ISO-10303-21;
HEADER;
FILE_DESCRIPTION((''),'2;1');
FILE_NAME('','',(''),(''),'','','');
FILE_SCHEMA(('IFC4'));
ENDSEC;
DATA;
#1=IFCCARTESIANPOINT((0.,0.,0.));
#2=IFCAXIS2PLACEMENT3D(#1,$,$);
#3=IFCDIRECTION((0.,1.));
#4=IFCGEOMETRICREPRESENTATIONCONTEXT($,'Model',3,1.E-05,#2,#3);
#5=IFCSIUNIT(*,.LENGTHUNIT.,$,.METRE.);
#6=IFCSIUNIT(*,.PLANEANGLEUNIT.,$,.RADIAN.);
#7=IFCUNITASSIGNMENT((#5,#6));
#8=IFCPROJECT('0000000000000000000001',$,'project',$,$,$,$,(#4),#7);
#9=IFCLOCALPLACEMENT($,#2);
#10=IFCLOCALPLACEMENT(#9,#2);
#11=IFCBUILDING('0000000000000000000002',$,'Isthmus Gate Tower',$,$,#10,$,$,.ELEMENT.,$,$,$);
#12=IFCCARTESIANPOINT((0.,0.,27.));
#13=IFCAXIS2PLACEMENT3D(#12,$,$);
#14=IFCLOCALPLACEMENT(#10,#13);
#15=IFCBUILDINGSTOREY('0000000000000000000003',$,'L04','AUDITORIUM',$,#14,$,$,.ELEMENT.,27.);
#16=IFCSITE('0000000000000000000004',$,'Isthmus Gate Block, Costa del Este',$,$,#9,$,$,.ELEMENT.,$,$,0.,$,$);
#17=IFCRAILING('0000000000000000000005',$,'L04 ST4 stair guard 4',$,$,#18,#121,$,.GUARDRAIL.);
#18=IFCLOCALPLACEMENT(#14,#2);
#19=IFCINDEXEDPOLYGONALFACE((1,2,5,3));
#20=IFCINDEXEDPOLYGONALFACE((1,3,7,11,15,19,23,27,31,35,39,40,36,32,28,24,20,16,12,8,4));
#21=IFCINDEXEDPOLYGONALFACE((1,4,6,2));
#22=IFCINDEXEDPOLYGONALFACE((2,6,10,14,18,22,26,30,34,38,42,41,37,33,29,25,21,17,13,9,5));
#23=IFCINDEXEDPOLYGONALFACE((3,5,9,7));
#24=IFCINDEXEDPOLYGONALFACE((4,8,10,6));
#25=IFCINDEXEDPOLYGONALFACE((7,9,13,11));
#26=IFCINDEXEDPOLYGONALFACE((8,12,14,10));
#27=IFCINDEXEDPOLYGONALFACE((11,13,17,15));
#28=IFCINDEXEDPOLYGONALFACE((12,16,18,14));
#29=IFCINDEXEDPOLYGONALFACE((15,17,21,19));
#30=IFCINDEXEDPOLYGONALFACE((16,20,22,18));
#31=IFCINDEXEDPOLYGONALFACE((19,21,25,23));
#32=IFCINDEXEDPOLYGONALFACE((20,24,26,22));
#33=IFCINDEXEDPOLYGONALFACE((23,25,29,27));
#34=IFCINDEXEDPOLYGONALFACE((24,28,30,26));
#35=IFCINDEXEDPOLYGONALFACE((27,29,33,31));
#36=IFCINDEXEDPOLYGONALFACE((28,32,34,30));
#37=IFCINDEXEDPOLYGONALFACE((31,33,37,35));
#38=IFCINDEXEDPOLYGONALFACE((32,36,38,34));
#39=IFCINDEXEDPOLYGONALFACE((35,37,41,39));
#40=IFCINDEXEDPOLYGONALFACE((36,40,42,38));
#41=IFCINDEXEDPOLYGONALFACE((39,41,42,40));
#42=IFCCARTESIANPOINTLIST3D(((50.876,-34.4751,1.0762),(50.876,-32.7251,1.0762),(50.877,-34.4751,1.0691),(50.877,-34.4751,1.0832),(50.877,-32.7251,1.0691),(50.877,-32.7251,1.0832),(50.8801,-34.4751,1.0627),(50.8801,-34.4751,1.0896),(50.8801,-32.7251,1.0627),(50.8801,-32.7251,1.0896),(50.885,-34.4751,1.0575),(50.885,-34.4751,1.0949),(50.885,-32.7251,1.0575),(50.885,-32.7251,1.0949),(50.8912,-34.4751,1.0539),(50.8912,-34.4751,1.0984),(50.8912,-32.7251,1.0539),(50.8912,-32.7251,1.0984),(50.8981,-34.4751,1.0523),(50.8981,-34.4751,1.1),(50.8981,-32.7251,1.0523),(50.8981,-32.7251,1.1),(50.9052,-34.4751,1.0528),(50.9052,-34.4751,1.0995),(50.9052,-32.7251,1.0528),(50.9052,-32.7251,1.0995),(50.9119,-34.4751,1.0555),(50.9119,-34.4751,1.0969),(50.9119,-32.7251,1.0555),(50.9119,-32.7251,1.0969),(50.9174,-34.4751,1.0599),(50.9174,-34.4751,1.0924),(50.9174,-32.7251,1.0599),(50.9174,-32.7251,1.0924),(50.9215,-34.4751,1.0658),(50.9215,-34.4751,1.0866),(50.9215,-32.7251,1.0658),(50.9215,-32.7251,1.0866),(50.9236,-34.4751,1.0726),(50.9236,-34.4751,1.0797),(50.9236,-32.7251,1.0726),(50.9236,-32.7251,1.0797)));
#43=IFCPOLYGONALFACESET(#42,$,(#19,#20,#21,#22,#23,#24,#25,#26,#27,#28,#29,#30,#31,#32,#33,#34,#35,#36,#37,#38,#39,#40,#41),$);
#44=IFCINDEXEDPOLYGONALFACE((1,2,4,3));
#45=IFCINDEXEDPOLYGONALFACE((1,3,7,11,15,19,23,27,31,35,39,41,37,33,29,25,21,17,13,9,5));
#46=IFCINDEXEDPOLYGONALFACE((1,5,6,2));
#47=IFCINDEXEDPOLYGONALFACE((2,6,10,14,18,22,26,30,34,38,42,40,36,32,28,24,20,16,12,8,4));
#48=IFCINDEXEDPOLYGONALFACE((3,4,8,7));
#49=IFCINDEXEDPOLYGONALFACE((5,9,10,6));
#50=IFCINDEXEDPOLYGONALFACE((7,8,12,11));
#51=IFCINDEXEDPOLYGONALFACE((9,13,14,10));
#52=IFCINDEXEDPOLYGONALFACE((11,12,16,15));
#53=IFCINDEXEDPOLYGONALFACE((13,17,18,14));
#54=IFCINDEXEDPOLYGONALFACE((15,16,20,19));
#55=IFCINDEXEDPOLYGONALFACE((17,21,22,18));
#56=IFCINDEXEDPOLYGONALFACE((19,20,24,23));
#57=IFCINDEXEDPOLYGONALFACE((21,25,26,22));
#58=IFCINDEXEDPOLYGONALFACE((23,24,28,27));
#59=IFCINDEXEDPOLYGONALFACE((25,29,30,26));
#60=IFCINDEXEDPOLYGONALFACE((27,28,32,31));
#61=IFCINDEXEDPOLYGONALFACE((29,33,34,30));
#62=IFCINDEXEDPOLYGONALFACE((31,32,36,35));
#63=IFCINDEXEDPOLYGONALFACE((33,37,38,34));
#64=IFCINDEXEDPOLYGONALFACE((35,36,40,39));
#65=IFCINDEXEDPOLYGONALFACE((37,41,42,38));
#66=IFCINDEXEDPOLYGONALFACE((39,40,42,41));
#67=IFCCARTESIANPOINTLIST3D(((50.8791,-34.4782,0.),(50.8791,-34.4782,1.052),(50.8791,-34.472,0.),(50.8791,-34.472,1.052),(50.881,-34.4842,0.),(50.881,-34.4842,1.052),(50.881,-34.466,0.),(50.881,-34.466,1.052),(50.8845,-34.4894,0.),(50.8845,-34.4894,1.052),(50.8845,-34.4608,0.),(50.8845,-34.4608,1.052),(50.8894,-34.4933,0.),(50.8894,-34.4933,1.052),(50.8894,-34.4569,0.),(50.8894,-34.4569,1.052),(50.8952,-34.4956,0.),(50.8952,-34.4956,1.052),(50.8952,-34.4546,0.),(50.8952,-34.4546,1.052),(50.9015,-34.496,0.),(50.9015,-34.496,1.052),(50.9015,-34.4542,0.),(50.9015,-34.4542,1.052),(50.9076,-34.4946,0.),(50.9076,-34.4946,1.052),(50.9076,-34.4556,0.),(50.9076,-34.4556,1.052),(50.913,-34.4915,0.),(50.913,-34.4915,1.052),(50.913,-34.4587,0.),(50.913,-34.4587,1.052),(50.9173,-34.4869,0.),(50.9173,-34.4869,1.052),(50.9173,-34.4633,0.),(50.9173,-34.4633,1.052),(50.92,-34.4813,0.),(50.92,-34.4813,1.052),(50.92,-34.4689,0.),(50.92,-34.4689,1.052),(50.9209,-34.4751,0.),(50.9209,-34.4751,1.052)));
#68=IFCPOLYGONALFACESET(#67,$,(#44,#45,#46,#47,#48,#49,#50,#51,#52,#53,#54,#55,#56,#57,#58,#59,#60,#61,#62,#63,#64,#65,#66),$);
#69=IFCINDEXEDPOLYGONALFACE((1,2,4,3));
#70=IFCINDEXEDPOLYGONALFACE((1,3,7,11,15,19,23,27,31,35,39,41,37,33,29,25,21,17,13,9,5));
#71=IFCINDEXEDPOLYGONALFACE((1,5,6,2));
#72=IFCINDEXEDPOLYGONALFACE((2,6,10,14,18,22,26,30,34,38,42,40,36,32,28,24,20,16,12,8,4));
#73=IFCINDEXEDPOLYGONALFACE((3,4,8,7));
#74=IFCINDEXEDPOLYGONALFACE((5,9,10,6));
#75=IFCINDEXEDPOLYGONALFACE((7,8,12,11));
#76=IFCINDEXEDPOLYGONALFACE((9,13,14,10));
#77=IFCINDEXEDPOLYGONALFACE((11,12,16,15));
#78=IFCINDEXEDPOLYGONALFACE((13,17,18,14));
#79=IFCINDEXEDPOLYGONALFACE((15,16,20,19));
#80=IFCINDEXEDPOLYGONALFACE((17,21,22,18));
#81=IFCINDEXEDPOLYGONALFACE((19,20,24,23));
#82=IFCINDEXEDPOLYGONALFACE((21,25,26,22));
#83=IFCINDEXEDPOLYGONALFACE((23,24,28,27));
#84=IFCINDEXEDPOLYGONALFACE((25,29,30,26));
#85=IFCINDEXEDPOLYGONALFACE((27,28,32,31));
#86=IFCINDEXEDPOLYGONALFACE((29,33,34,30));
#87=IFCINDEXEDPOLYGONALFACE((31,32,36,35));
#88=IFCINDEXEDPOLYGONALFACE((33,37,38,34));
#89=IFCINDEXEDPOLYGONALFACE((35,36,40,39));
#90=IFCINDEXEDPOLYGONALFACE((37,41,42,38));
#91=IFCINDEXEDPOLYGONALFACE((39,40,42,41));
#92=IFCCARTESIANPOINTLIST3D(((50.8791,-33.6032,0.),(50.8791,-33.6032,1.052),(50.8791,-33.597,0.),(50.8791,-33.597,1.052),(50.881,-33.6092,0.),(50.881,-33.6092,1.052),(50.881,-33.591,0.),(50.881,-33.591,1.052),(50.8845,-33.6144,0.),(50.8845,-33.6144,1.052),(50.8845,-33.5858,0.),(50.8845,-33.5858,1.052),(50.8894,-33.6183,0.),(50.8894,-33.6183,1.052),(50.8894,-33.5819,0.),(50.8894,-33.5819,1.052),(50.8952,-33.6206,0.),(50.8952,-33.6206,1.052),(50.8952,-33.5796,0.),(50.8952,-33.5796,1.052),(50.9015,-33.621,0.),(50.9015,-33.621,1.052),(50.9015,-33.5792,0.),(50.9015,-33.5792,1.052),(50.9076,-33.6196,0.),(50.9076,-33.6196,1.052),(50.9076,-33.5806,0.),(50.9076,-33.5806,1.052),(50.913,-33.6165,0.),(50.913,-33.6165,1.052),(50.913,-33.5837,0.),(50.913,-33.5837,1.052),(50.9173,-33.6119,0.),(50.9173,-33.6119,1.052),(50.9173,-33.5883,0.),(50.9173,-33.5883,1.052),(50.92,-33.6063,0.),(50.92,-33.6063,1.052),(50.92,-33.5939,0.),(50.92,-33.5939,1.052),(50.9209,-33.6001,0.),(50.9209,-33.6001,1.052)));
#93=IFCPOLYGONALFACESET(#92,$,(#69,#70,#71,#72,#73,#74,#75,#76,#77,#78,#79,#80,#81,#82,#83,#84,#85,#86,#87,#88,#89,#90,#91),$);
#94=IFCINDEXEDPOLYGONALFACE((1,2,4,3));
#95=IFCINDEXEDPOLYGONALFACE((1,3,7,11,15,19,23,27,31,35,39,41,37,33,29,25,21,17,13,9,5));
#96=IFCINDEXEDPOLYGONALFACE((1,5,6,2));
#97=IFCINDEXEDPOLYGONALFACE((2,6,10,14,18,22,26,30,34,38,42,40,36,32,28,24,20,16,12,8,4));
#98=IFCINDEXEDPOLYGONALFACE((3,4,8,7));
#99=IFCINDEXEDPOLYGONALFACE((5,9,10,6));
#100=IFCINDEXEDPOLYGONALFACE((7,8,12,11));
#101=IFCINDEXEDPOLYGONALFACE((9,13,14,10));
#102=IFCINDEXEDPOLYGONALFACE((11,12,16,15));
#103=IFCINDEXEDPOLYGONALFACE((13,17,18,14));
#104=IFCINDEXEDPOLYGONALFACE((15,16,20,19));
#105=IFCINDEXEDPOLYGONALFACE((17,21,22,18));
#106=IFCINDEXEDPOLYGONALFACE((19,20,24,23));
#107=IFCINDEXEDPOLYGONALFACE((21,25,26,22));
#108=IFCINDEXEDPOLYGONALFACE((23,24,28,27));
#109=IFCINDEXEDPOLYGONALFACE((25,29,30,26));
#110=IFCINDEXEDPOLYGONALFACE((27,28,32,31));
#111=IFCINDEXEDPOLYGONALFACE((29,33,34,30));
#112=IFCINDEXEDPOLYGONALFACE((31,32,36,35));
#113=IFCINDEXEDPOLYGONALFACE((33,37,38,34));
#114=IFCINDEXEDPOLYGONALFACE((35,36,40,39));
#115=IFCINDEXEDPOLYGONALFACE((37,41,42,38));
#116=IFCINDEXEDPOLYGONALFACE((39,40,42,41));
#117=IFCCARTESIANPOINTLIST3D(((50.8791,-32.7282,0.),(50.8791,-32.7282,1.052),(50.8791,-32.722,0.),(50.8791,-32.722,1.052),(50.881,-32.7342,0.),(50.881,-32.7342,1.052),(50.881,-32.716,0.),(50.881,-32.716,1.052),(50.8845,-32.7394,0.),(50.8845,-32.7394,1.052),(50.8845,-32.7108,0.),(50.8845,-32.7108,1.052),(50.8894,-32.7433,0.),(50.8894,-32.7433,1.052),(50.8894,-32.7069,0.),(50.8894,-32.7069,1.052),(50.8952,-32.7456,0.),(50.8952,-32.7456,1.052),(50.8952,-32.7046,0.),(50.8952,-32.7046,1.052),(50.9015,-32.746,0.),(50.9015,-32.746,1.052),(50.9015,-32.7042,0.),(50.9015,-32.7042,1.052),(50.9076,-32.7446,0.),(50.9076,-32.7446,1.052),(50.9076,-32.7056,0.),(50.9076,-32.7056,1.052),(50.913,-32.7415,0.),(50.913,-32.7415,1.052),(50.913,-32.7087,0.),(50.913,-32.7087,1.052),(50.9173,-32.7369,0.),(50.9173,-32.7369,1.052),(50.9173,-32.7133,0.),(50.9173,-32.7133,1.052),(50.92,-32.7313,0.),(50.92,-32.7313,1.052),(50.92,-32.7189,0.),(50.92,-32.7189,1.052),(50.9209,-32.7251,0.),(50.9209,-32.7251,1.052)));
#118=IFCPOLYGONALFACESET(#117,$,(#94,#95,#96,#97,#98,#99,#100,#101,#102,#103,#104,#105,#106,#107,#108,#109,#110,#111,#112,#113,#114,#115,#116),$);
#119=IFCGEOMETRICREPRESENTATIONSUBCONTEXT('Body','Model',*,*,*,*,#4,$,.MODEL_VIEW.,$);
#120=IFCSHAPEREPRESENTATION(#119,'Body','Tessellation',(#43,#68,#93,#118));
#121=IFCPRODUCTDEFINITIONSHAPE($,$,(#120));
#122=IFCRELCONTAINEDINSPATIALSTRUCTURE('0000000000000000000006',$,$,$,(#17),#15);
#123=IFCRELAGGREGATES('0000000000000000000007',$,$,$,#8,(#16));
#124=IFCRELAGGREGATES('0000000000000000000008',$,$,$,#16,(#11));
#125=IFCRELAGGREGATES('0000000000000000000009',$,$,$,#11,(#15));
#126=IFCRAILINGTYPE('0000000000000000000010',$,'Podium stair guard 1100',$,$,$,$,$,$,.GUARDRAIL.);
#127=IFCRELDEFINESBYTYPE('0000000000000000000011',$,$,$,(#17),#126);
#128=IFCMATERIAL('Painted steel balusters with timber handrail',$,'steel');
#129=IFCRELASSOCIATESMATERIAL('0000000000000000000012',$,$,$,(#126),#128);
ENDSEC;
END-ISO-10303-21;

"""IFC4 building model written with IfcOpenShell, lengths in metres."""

from ifc_helpers import new_model, si_unit, direction, frame, origin, origin_2d, place, context, subcontext, project, spatial, circle, extrude, material, type_object, element, save


model = new_model("IFC4")

# Units and contexts
model_context = context("Model", 3, precision=1e-05, world=origin(), true_north=direction((0.0, 1.0)))
body_context = subcontext(model_context, "Body", "Model", "MODEL_VIEW")
ifc_project = project(units=[si_unit("LENGTHUNIT", "METRE"), si_unit("PLANEANGLEUNIT", "RADIAN")], contexts=[model_context])

# Site, building, storey
site_placement = place(None, origin())
site = spatial("IfcSite", under=ifc_project, at=site_placement, Name="Isthmus Gate Block, Costa del Este", CompositionType="ELEMENT", RefElevation=0.0)
building_placement = place(site_placement, origin())
building = spatial("IfcBuilding", under=site, at=building_placement, Name="Isthmus Gate Tower", CompositionType="ELEMENT")
storey_placement = place(building_placement, frame((0.0, 0.0, 27.0)))
storey = spatial("IfcBuildingStorey", under=building, at=storey_placement, Name="L04", Description="AUDITORIUM", CompositionType="ELEMENT", Elevation=27.0)

# Railing
ifc_material_1 = material(Name="Painted steel balusters with timber handrail", Category="steel")
railing_type_1 = type_object("IfcRailingType", Name="Podium stair guard 1100", PredefinedType="GUARDRAIL", material=ifc_material_1)
railing_1_placement = place(storey_placement, frame((50.8999, -34.4751, 0.0)))
element("IfcRailing", 1, at=railing_1_placement, inside=storey, type_object=railing_type_1, Name="L04 ST4 stair guard 4", PredefinedType="GUARDRAIL", context=body_context, shape_type="SweptSolid", body=[
    extrude(circle(Radius=0.0239, at=origin_2d()), frame((0.0, 0.0, 1.0762), z_axis=(0.0, 1.0, 0.0), x_axis=(-1.0, 0.0, 0.0)), (0.0, 0.0, 1.0), 1.75),
    extrude(circle(Radius=0.021, at=origin_2d()), origin(), (0.0, 0.0, 1.0), 1.052),
    extrude(circle(Radius=0.021, at=origin_2d()), frame((0.0, 0.875, 0.0)), (0.0, 0.0, 1.0), 1.052),
    extrude(circle(Radius=0.021, at=origin_2d()), frame((0.0, 1.75, 0.0)), (0.0, 0.0, 1.0), 1.052),
])

save(model, "model.ifc")
